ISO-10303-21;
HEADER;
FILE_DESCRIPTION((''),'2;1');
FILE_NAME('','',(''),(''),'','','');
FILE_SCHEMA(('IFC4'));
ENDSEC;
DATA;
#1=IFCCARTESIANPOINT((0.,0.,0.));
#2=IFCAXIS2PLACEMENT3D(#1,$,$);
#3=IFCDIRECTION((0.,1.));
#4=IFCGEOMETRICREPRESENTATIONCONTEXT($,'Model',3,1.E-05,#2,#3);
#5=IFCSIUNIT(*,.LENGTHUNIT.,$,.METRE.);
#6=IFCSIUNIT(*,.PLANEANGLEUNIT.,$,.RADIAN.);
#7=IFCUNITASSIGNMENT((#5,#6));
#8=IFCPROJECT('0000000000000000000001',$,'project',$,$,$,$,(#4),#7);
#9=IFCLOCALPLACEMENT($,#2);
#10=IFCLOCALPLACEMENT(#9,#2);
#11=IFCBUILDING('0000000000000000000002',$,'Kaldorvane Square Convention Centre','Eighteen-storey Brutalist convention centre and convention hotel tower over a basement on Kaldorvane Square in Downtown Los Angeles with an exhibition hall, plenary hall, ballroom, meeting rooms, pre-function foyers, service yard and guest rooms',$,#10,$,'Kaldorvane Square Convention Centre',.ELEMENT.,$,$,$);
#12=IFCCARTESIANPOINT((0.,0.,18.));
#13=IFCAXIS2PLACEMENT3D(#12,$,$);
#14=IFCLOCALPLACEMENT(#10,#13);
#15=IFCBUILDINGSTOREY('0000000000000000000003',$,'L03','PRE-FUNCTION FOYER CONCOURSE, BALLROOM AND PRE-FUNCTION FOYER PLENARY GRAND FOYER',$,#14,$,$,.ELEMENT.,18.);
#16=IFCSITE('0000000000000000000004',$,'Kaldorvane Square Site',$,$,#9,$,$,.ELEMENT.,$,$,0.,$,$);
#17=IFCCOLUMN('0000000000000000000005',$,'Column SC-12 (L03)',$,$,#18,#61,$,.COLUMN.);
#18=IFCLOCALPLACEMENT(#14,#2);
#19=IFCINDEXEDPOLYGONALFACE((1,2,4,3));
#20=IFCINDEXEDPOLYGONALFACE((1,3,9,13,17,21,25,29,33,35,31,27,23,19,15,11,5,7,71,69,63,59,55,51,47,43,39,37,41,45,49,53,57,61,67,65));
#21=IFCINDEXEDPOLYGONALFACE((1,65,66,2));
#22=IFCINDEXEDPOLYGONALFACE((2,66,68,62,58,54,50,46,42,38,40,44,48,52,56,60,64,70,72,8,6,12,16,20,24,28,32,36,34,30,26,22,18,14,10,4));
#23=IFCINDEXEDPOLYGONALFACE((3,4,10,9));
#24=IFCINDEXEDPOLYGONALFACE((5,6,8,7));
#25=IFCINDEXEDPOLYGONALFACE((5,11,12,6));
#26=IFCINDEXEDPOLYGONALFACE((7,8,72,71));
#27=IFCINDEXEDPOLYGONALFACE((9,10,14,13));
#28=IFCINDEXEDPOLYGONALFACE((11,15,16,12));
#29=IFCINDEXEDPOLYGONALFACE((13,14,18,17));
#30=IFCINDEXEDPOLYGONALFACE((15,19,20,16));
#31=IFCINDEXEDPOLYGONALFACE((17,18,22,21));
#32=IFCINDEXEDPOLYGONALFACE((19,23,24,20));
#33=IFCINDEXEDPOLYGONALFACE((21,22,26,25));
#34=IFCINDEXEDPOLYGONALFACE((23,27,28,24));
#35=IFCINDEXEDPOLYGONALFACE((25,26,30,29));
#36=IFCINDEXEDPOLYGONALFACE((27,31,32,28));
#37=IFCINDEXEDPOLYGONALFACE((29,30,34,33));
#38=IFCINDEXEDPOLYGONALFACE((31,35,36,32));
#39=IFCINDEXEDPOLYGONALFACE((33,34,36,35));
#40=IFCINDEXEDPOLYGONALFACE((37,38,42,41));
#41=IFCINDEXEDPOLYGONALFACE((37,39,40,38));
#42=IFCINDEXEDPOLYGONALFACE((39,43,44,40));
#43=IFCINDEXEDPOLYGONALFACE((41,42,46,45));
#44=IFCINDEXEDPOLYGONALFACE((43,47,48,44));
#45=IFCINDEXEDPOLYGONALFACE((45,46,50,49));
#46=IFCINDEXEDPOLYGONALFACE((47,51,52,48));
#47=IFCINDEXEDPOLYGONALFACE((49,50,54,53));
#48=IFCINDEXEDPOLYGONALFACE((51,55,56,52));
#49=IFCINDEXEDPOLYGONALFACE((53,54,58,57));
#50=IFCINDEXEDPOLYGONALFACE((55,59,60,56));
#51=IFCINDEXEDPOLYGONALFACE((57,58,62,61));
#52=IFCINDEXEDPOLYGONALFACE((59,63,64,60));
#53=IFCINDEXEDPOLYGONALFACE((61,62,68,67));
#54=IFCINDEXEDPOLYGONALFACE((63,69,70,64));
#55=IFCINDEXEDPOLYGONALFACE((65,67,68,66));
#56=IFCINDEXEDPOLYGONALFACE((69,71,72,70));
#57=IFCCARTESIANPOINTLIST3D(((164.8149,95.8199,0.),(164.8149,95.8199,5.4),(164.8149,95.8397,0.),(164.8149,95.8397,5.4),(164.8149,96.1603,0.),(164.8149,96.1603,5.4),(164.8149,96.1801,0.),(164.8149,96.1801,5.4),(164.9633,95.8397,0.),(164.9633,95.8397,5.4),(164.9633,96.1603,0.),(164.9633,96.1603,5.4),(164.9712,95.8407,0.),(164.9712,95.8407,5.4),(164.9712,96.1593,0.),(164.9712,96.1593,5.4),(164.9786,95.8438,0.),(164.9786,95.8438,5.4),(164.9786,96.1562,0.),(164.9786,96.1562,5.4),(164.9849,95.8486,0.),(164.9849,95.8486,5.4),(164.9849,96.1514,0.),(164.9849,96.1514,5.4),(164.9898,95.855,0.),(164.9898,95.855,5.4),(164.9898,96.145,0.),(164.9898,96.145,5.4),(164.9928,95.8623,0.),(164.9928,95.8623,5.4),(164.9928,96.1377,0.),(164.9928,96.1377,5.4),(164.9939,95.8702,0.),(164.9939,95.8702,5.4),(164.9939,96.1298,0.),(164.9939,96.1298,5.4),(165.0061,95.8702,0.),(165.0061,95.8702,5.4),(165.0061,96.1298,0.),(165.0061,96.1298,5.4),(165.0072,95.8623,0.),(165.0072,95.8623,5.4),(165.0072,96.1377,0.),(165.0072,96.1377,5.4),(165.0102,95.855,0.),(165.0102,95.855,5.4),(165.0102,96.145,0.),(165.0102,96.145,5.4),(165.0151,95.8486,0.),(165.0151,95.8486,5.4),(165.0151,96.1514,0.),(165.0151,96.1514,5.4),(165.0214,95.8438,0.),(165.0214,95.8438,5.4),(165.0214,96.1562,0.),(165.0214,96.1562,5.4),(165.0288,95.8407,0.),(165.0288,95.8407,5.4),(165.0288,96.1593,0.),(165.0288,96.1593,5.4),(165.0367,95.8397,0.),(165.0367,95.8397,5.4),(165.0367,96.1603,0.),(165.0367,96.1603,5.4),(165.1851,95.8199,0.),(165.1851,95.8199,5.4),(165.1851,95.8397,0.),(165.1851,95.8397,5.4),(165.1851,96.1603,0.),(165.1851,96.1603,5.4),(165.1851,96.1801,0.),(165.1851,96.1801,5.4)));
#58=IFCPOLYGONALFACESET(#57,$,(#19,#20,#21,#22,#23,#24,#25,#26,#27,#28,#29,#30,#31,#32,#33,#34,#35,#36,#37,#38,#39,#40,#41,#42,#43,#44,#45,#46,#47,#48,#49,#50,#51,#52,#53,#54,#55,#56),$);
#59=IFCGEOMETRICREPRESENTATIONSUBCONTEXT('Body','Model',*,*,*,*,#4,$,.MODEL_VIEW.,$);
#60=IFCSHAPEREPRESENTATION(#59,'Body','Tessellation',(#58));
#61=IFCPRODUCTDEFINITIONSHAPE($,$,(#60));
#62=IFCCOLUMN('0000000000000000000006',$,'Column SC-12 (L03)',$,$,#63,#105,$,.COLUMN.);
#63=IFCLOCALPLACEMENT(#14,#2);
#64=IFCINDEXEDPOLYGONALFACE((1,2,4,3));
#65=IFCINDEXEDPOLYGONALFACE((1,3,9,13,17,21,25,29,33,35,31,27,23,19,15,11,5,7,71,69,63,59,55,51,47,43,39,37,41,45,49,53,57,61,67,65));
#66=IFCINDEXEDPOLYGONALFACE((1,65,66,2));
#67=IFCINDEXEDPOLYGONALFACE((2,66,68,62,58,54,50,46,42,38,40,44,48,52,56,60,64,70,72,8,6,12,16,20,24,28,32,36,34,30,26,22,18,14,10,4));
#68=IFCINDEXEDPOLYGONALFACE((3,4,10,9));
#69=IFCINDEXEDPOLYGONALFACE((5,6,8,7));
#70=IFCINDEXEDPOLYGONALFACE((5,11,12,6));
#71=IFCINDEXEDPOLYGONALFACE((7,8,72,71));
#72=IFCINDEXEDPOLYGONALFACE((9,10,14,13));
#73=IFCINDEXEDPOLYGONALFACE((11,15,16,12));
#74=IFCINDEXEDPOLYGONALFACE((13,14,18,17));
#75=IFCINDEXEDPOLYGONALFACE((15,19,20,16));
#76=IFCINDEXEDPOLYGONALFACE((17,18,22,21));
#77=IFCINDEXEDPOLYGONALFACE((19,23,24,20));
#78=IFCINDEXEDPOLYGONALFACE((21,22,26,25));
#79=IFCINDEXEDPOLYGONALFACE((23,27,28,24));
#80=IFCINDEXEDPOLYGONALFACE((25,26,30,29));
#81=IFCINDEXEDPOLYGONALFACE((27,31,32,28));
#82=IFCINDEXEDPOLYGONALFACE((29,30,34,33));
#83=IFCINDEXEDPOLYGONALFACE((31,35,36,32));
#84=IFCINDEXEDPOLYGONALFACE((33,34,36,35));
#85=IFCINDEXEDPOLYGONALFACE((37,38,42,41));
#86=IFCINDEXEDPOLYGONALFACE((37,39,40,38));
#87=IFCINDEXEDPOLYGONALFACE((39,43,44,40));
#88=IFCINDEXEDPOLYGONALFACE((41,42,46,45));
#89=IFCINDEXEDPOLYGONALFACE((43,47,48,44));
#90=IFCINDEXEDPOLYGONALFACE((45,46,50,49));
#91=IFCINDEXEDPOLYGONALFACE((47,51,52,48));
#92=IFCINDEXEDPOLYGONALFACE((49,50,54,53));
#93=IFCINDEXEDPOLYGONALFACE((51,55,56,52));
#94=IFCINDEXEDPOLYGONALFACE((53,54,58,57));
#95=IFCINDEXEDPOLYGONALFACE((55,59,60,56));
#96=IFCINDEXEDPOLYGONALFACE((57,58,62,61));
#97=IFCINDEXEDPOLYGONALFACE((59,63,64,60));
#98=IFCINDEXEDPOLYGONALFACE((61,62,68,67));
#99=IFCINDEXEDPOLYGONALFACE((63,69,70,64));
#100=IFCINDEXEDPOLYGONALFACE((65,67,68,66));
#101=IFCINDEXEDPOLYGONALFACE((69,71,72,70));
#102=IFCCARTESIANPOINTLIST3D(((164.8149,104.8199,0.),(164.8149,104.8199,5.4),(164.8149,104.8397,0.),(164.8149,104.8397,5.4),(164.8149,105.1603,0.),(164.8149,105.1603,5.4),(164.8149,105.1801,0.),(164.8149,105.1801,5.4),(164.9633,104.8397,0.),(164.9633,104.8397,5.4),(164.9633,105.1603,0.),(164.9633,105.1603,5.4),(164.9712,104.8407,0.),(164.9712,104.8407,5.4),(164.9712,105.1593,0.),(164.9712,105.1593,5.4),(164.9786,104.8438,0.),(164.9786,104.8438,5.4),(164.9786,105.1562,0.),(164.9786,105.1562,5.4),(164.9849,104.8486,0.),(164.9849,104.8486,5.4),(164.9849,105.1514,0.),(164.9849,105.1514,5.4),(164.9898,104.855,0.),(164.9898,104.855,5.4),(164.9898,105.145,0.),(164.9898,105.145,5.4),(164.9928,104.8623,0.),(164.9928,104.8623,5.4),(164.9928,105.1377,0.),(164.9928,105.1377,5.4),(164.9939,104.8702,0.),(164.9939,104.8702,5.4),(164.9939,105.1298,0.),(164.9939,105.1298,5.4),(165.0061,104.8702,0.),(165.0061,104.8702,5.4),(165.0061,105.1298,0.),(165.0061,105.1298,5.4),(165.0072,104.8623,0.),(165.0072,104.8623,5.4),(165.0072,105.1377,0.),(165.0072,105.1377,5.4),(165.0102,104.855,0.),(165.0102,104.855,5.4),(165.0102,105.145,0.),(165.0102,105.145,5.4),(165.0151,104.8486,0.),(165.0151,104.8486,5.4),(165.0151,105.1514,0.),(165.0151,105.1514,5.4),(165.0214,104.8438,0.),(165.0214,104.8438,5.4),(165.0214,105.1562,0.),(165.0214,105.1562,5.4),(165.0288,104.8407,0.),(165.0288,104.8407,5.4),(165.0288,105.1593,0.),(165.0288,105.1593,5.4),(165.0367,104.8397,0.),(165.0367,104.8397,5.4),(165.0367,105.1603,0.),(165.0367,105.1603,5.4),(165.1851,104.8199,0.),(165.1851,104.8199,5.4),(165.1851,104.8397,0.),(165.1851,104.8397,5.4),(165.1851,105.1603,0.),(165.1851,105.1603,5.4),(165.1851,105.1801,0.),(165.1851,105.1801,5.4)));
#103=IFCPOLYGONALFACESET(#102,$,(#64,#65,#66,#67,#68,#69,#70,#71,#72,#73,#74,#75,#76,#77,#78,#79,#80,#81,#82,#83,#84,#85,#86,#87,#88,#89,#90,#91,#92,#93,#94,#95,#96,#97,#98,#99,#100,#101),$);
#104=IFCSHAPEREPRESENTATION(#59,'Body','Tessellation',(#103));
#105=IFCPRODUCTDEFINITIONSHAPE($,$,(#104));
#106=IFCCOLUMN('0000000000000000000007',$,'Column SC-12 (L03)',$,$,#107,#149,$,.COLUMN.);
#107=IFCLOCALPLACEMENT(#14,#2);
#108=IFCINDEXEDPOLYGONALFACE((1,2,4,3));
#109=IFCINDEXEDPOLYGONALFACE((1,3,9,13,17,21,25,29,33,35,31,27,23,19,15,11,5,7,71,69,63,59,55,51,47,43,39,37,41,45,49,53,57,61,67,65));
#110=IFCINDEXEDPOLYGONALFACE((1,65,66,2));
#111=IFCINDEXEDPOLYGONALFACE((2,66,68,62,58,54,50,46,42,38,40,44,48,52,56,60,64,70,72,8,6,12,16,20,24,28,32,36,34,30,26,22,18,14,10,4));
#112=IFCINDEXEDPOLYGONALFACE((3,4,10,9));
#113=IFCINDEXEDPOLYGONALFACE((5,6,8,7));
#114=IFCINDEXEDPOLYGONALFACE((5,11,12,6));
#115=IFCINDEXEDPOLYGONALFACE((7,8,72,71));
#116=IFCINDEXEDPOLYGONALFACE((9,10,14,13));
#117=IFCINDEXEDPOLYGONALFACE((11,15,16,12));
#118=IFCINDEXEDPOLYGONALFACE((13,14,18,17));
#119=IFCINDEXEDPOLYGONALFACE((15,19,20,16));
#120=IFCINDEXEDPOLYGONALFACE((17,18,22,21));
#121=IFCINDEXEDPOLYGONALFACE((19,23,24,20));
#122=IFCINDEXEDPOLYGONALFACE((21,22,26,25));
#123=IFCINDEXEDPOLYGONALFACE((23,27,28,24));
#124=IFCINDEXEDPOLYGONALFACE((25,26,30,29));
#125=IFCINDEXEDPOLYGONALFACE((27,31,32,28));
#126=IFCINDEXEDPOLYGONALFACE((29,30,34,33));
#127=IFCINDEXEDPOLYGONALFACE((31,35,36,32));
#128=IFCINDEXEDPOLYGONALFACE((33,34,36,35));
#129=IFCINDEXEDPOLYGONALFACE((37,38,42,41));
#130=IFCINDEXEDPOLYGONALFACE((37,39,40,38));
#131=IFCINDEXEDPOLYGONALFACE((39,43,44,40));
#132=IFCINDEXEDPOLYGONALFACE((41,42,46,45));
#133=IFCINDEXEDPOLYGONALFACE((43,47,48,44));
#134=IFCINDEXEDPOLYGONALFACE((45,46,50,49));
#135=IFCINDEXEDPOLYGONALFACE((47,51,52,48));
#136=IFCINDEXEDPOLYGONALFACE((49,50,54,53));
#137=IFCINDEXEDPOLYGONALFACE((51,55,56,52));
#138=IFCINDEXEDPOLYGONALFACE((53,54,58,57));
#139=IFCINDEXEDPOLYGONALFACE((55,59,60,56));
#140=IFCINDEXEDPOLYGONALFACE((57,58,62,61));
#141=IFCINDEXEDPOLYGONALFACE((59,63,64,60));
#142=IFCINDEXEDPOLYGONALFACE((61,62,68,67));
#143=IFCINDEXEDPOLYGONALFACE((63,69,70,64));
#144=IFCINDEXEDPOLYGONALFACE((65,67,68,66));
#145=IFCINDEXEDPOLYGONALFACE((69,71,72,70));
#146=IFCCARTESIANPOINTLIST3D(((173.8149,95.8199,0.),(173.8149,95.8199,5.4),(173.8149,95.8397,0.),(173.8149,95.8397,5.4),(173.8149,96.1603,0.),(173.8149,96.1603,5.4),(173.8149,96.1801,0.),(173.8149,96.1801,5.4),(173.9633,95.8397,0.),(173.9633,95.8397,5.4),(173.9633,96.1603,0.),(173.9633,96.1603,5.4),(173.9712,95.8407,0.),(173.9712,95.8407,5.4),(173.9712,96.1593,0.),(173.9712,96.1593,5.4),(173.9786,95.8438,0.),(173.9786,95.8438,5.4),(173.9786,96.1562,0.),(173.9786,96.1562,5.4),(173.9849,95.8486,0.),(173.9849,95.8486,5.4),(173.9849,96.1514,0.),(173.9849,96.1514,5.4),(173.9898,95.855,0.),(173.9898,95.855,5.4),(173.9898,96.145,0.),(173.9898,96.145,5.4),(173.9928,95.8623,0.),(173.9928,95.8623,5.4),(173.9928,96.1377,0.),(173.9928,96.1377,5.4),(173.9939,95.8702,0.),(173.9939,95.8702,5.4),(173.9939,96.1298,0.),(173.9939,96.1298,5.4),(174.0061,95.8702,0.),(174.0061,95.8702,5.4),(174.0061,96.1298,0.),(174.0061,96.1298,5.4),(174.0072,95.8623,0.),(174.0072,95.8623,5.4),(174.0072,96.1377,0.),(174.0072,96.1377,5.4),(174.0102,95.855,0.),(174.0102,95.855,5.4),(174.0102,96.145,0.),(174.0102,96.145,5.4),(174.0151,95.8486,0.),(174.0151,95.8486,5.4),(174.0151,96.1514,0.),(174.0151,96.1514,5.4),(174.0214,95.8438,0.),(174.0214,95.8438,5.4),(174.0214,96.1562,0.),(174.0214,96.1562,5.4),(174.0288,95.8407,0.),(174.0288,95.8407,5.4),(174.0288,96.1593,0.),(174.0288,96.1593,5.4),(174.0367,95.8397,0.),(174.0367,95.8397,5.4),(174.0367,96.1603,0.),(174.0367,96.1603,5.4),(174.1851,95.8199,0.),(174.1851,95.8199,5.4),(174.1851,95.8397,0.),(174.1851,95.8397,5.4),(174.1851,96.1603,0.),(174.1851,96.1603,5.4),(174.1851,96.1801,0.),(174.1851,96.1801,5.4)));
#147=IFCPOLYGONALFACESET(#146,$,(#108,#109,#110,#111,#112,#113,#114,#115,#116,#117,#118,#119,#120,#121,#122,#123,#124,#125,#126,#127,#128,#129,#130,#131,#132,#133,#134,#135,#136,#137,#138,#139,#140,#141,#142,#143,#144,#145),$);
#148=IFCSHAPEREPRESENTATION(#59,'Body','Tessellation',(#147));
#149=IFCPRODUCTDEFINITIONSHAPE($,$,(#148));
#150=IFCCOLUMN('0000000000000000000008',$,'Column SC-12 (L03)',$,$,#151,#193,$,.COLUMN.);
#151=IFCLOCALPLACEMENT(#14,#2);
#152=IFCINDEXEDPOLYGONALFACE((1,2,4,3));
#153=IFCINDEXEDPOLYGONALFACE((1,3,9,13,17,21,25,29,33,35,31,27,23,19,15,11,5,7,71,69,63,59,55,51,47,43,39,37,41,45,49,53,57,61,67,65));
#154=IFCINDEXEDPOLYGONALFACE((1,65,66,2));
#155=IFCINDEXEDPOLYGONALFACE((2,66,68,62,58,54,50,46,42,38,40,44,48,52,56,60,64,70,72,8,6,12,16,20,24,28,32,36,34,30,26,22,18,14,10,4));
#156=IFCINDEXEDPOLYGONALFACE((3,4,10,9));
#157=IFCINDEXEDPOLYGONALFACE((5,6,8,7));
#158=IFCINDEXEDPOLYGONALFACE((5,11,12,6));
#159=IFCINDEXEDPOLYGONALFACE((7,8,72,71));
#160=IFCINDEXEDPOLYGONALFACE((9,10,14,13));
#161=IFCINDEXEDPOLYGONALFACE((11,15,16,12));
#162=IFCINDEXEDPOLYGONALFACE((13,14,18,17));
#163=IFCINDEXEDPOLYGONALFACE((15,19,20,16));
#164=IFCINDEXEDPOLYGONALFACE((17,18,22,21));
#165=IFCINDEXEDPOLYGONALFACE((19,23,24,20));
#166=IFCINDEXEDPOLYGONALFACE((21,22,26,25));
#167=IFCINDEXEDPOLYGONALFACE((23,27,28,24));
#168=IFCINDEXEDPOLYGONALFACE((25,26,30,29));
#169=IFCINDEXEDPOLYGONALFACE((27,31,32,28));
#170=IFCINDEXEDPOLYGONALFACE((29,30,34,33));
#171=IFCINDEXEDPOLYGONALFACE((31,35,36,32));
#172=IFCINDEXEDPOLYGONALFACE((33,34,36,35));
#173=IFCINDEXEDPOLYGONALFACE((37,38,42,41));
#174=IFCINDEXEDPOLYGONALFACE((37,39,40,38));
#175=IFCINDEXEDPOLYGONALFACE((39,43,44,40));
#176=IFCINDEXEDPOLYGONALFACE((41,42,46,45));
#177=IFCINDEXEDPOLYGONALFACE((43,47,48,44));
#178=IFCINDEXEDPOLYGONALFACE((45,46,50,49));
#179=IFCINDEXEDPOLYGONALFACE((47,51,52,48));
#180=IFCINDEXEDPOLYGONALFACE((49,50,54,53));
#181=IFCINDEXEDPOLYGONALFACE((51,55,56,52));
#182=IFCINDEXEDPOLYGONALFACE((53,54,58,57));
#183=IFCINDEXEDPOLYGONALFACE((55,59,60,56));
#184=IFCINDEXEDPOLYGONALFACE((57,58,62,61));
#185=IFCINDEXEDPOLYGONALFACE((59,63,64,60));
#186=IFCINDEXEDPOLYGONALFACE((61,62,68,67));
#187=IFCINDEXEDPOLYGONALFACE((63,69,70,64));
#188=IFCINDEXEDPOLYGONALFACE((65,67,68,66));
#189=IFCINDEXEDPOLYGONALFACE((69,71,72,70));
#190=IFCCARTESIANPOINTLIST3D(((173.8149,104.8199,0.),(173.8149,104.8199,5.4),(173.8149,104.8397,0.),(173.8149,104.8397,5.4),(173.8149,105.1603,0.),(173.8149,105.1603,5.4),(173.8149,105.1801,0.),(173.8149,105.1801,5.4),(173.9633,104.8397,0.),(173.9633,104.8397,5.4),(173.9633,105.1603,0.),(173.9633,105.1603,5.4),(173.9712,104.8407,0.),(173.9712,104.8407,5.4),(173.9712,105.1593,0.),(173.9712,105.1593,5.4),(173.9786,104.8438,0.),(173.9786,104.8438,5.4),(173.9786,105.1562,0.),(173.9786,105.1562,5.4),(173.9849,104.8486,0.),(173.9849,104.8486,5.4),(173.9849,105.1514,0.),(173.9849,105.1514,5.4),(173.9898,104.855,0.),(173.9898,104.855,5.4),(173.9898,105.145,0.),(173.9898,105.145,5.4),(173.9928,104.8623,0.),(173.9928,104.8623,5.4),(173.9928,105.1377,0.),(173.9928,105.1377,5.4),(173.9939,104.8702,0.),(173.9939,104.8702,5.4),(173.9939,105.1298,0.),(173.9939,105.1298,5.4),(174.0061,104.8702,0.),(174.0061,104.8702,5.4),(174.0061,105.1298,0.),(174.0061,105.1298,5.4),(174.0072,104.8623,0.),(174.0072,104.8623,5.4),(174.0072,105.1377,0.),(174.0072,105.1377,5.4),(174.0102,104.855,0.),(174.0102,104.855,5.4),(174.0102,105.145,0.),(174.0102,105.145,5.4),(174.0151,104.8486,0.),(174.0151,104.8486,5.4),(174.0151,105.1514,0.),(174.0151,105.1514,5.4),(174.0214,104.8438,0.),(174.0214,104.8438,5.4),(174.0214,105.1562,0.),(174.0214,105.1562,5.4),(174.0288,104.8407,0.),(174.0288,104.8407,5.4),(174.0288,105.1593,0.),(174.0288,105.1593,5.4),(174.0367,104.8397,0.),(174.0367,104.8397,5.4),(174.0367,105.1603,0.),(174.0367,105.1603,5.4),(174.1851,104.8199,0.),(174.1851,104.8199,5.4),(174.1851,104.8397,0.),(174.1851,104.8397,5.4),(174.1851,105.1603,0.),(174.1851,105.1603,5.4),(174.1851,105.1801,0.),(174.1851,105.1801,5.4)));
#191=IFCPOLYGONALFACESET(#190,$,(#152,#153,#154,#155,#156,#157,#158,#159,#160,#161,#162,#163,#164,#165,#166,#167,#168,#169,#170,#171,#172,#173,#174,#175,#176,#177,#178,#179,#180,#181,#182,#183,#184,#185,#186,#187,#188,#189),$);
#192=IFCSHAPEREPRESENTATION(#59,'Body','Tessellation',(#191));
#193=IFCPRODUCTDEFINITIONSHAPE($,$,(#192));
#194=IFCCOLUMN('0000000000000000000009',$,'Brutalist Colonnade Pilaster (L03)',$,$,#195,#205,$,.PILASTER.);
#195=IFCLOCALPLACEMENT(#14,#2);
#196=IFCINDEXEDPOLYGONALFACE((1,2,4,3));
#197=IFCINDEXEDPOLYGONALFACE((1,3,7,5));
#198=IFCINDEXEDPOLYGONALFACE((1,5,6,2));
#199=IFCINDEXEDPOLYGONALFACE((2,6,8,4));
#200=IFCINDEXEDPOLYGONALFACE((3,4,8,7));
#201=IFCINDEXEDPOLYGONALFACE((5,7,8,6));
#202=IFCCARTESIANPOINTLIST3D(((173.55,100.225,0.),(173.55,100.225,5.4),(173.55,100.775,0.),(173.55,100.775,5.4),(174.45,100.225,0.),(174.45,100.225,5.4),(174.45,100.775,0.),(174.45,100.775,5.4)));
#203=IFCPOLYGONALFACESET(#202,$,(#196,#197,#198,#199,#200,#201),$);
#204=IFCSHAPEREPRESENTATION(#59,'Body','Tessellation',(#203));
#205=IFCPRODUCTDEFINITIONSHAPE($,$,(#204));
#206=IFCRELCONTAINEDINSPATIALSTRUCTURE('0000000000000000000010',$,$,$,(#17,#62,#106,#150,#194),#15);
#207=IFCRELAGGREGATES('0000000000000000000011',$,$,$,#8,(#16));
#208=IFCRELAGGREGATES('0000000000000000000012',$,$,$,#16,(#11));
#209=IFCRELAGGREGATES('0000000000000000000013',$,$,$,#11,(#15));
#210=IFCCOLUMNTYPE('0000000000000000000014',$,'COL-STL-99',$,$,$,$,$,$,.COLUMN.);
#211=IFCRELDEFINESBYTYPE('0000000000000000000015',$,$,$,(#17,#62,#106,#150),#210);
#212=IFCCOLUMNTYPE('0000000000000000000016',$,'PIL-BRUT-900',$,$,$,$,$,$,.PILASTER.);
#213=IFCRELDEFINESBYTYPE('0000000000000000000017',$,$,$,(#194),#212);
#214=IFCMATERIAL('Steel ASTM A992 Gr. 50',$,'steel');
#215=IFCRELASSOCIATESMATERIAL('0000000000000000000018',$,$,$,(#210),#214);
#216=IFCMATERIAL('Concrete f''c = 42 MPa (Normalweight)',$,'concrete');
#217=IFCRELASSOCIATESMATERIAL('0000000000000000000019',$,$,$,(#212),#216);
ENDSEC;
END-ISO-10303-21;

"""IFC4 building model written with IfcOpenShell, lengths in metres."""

from ifc_helpers import new_model, si_unit, direction, frame, origin, origin_2d, place, context, subcontext, project, spatial, rectangle, i_section, extrude, material, material_profile, profile_set, type_object, element, save


model = new_model("IFC4")

# Units and contexts
model_context = context("Model", 3, precision=1e-05, world=origin(), true_north=direction((0.0, 1.0)))
body_context = subcontext(model_context, "Body", "Model", "MODEL_VIEW")
ifc_project = project(units=[si_unit("LENGTHUNIT", "METRE"), si_unit("PLANEANGLEUNIT", "RADIAN")], contexts=[model_context])

# Site, building, storey
site_placement = place(None, origin())
site = spatial("IfcSite", under=ifc_project, at=site_placement, Name="Kaldorvane Square Site", CompositionType="ELEMENT", RefElevation=0.0)
building_placement = place(site_placement, origin())
building = spatial("IfcBuilding", under=site, at=building_placement, Name="Kaldorvane Square Convention Centre", Description="Eighteen-storey Brutalist convention centre and convention hotel tower over a basement on Kaldorvane Square in Downtown Los Angeles with an exhibition hall, plenary hall, ballroom, meeting rooms, pre-function foyers, service yard and guest rooms", LongName="Kaldorvane Square Convention Centre", CompositionType="ELEMENT")
storey_placement = place(building_placement, frame((0.0, 0.0, 18.0)))
storey = spatial("IfcBuildingStorey", under=building, at=storey_placement, Name="L03", Description="PRE-FUNCTION FOYER CONCOURSE, BALLROOM AND PRE-FUNCTION FOYER PLENARY GRAND FOYER", CompositionType="ELEMENT", Elevation=18.0)

# Columns
ifc_material_1 = material(Name="Steel ASTM A992 Gr. 50", Category="steel")
ifc_material_profile_1 = material_profile(ifc_material_1, i_section(OverallWidth=0.3701, OverallDepth=0.3602, WebThickness=0.0123, FlangeThickness=0.0198, FilletRadius=0.0305, at=origin_2d()), Name="W14X99")
ifc_profile_set_1 = profile_set([ifc_material_profile_1], Name="Steel ASTM A992 Gr. 50")
column_type_1 = type_object("IfcColumnType", Name="COL-STL-99", PredefinedType="COLUMN", material=ifc_profile_set_1)
for number, where, z_axis, x_axis, name in (
    (1, (165.0, 96.0, 0.0), (0.0, 0.0, 1.0), (1.0, 0.0, 0.0), "Column SC-12 (L03)"),
    (2, (165.0, 105.0, 0.0), (0.0, 0.0, 1.0), (1.0, 0.0, 0.0), "Column SC-12 (L03)"),
    (3, (174.0, 96.0, 0.0), (0.0, 0.0, 1.0), (1.0, 0.0, 0.0), "Column SC-12 (L03)"),
    (4, (174.0, 105.0, 0.0), (0.0, 0.0, 1.0), (1.0, 0.0, 0.0), "Column SC-12 (L03)"),
):
    element("IfcColumn", number, at=place(storey_placement, frame(where, z_axis=z_axis, x_axis=x_axis)), inside=storey, type_object=column_type_1, Name=name, PredefinedType="COLUMN", context=body_context, shape_type="SweptSolid", body=[
        extrude(i_section(OverallWidth=0.3701, OverallDepth=0.3602, WebThickness=0.0123, FlangeThickness=0.0198, FilletRadius=0.0305, at=origin_2d()), origin(), (0.0, 0.0, 1.0), 5.4),
    ])
ifc_material_2 = material(Name="Concrete f'c = 42 MPa (Normalweight)", Category="concrete")
ifc_material_profile_2 = material_profile(ifc_material_2, rectangle(XDim=0.55, YDim=0.9, at=origin_2d()), Name="PIL900X550")
ifc_profile_set_2 = profile_set([ifc_material_profile_2], Name="Concrete f'c = 42 MPa (Normalweight)")
column_type_2 = type_object("IfcColumnType", Name="PIL-BRUT-900", PredefinedType="PILASTER", material=ifc_profile_set_2)
column_placement = place(storey_placement, frame((174.0, 100.5, 0.0), z_axis=(0.0, 0.0, 1.0), x_axis=(0.0, 1.0, 0.0)))
element("IfcColumn", 5, at=column_placement, inside=storey, type_object=column_type_2, Name="Brutalist Colonnade Pilaster (L03)", PredefinedType="PILASTER", context=body_context, shape_type="SweptSolid", body=[
    extrude(rectangle(XDim=0.55, YDim=0.9, at=origin_2d()), origin(), (0.0, 0.0, 1.0), 5.4),
])

save(model, "model.ifc")
